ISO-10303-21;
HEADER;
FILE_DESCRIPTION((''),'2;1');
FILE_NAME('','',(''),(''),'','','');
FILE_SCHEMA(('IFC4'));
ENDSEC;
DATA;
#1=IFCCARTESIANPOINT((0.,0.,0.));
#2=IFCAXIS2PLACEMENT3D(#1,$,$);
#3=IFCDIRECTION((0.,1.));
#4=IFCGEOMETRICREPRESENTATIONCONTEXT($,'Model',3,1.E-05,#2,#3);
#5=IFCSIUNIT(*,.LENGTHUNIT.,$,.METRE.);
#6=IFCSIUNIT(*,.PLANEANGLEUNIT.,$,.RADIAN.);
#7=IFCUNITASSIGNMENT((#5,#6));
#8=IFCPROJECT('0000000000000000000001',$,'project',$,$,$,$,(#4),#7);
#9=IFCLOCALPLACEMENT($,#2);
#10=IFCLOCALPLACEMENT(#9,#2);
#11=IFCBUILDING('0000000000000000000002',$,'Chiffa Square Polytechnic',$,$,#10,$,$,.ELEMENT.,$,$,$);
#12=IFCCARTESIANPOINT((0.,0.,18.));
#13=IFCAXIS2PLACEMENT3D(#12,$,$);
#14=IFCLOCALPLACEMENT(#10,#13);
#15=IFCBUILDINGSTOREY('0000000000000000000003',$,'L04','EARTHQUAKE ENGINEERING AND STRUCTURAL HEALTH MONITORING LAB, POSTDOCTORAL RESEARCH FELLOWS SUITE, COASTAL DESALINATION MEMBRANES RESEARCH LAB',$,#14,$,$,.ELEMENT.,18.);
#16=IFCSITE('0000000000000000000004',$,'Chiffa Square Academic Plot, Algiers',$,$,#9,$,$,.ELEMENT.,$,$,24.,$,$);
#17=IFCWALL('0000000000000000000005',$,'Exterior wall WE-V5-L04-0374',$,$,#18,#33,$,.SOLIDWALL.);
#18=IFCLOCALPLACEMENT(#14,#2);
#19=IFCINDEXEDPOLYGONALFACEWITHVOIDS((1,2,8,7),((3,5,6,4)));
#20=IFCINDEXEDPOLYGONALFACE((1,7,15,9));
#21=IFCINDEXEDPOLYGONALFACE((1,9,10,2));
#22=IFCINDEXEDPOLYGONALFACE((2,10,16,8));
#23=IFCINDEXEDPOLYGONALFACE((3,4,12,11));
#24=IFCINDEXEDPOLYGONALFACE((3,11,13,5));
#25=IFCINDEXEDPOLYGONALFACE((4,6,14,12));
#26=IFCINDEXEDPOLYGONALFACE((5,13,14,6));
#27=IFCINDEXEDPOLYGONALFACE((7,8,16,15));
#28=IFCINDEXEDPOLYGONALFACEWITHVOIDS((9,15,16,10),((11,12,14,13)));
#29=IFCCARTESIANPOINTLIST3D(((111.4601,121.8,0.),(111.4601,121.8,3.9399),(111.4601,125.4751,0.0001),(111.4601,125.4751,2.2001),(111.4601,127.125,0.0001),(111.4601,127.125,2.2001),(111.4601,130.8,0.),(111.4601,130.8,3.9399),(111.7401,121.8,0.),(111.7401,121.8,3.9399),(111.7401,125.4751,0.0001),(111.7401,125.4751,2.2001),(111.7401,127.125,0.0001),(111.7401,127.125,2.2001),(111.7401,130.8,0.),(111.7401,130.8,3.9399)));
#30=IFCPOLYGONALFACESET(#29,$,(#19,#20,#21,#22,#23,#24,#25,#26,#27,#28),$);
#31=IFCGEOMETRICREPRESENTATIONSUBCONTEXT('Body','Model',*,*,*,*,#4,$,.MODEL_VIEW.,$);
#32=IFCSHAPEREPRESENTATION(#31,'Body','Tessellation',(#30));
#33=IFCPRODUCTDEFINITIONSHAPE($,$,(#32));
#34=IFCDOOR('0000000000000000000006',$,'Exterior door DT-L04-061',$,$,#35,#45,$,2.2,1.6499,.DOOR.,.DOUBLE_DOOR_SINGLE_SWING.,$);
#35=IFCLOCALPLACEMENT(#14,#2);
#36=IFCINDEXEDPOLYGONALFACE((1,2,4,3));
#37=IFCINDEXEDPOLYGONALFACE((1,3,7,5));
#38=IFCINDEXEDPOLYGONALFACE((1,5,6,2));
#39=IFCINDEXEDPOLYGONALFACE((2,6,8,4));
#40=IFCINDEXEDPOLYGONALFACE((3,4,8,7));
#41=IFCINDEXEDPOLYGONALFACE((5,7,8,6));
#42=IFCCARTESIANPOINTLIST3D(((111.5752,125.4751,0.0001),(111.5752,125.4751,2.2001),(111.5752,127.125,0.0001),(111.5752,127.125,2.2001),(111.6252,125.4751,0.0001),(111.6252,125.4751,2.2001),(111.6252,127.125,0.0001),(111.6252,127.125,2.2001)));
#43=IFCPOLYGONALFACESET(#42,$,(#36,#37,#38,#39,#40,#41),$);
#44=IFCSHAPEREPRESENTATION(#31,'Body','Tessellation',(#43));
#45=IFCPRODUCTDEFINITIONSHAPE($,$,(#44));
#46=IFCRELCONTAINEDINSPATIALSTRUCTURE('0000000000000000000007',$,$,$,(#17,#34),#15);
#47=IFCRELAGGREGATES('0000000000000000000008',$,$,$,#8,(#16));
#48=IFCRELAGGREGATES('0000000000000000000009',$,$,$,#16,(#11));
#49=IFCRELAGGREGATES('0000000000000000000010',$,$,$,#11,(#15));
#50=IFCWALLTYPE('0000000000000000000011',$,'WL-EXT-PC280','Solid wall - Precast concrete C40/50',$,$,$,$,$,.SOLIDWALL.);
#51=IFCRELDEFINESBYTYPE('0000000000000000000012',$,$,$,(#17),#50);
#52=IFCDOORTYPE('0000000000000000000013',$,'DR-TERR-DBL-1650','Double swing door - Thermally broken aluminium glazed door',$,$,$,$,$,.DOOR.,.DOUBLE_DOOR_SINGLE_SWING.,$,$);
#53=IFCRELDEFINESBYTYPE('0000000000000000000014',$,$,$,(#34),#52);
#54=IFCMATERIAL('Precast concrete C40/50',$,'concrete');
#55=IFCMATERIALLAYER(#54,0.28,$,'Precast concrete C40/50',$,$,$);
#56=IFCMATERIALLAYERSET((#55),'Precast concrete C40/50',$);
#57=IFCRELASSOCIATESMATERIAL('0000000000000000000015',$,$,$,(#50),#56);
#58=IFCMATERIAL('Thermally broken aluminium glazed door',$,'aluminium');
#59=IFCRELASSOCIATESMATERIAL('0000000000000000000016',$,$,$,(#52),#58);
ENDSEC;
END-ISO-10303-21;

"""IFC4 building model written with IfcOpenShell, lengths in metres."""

from ifc_helpers import new_model, si_unit, direction, frame, frame_2d, origin, place, context, subcontext, project, spatial, rectangle, extrude, material, layer, layer_set, type_object, element, fill, save


model = new_model("IFC4")

# Units and contexts
model_context = context("Model", 3, precision=1e-05, world=origin(), true_north=direction((0.0, 1.0)))
body_context = subcontext(model_context, "Body", "Model", "MODEL_VIEW")
ifc_project = project(units=[si_unit("LENGTHUNIT", "METRE"), si_unit("PLANEANGLEUNIT", "RADIAN")], contexts=[model_context])

# Site, building, storey
site_placement = place(None, origin())
site = spatial("IfcSite", under=ifc_project, at=site_placement, Name="Chiffa Square Academic Plot, Algiers", CompositionType="ELEMENT", RefElevation=24.0)
building_placement = place(site_placement, origin())
building = spatial("IfcBuilding", under=site, at=building_placement, Name="Chiffa Square Polytechnic", CompositionType="ELEMENT")
storey_placement = place(building_placement, frame((0.0, 0.0, 18.0)))
storey = spatial("IfcBuildingStorey", under=building, at=storey_placement, Name="L04", Description="EARTHQUAKE ENGINEERING AND STRUCTURAL HEALTH MONITORING LAB, POSTDOCTORAL RESEARCH FELLOWS SUITE, COASTAL DESALINATION MEMBRANES RESEARCH LAB", CompositionType="ELEMENT", Elevation=18.0)

# Shared definitions
ifc_material_1 = material(Name="Precast concrete C40/50", Category="concrete")

# Wall, opening, door
ifc_layer_1 = layer(ifc_material_1, 0.28, Name="Precast concrete C40/50")
ifc_layer_set_1 = layer_set([ifc_layer_1], Name="Precast concrete C40/50")
wall_type_1 = type_object("IfcWallType", Name="WL-EXT-PC280", Description="Solid wall - Precast concrete C40/50", PredefinedType="SOLIDWALL", material=ifc_layer_set_1)
wall_1_placement = place(storey_placement, frame((111.6001, 121.8, 0.0), z_axis=(0.0, 0.0, 1.0), x_axis=(0.0, 1.0, 0.0)))
wall_1 = element("IfcWall", 1, at=wall_1_placement, inside=storey, type_object=wall_type_1, Name="Exterior wall WE-V5-L04-0374", PredefinedType="SOLIDWALL", context=body_context, shape_type="SweptSolid", body=[
    extrude(rectangle(XDim=9.0, YDim=0.28, at=frame_2d((4.5, 0.0))), origin(), (0.0, 0.0, 1.0), 3.9399),
])
opening_1_placement = place(wall_1_placement, frame((3.675, 0.0, 0.0)))
opening_1 = element("IfcOpeningElement", 2, at=opening_1_placement, cuts=wall_1, PredefinedType="OPENING", context=body_context, shape_type="SweptSolid", body=[
    extrude(rectangle(XDim=1.6499, YDim=2.2, at=frame_2d((0.825, 1.1001))), frame((0.0, 0.1499, 0.0), z_axis=(0.0, -1.0, 0.0), x_axis=(1.0, 0.0, 0.0)), (0.0, 0.0, 1.0), 0.3),
])
ifc_material_2 = material(Name="Thermally broken aluminium glazed door", Category="aluminium")
door_type_1 = type_object("IfcDoorType", Name="DR-TERR-DBL-1650", Description="Double swing door - Thermally broken aluminium glazed door", OperationType="DOUBLE_DOOR_SINGLE_SWING", PredefinedType="DOOR", material=ifc_material_2)
door_1_placement = place(opening_1_placement, origin())
door_1 = element("IfcDoor", 3, at=door_1_placement, inside=storey, type_object=door_type_1, Name="Exterior door DT-L04-061", OperationType="DOUBLE_DOOR_SINGLE_SWING", OverallHeight=2.2, OverallWidth=1.6499, PredefinedType="DOOR", context=body_context, shape_type="SweptSolid", body=[
    extrude(rectangle(XDim=1.6499, YDim=2.2, at=frame_2d((0.825, 1.1001))), frame((0.0, 0.0249, 0.0), z_axis=(0.0, -1.0, 0.0), x_axis=(1.0, 0.0, 0.0)), (0.0, 0.0, 1.0), 0.05),
])
fill(opening_1, door_1)

save(model, "model.ifc")
